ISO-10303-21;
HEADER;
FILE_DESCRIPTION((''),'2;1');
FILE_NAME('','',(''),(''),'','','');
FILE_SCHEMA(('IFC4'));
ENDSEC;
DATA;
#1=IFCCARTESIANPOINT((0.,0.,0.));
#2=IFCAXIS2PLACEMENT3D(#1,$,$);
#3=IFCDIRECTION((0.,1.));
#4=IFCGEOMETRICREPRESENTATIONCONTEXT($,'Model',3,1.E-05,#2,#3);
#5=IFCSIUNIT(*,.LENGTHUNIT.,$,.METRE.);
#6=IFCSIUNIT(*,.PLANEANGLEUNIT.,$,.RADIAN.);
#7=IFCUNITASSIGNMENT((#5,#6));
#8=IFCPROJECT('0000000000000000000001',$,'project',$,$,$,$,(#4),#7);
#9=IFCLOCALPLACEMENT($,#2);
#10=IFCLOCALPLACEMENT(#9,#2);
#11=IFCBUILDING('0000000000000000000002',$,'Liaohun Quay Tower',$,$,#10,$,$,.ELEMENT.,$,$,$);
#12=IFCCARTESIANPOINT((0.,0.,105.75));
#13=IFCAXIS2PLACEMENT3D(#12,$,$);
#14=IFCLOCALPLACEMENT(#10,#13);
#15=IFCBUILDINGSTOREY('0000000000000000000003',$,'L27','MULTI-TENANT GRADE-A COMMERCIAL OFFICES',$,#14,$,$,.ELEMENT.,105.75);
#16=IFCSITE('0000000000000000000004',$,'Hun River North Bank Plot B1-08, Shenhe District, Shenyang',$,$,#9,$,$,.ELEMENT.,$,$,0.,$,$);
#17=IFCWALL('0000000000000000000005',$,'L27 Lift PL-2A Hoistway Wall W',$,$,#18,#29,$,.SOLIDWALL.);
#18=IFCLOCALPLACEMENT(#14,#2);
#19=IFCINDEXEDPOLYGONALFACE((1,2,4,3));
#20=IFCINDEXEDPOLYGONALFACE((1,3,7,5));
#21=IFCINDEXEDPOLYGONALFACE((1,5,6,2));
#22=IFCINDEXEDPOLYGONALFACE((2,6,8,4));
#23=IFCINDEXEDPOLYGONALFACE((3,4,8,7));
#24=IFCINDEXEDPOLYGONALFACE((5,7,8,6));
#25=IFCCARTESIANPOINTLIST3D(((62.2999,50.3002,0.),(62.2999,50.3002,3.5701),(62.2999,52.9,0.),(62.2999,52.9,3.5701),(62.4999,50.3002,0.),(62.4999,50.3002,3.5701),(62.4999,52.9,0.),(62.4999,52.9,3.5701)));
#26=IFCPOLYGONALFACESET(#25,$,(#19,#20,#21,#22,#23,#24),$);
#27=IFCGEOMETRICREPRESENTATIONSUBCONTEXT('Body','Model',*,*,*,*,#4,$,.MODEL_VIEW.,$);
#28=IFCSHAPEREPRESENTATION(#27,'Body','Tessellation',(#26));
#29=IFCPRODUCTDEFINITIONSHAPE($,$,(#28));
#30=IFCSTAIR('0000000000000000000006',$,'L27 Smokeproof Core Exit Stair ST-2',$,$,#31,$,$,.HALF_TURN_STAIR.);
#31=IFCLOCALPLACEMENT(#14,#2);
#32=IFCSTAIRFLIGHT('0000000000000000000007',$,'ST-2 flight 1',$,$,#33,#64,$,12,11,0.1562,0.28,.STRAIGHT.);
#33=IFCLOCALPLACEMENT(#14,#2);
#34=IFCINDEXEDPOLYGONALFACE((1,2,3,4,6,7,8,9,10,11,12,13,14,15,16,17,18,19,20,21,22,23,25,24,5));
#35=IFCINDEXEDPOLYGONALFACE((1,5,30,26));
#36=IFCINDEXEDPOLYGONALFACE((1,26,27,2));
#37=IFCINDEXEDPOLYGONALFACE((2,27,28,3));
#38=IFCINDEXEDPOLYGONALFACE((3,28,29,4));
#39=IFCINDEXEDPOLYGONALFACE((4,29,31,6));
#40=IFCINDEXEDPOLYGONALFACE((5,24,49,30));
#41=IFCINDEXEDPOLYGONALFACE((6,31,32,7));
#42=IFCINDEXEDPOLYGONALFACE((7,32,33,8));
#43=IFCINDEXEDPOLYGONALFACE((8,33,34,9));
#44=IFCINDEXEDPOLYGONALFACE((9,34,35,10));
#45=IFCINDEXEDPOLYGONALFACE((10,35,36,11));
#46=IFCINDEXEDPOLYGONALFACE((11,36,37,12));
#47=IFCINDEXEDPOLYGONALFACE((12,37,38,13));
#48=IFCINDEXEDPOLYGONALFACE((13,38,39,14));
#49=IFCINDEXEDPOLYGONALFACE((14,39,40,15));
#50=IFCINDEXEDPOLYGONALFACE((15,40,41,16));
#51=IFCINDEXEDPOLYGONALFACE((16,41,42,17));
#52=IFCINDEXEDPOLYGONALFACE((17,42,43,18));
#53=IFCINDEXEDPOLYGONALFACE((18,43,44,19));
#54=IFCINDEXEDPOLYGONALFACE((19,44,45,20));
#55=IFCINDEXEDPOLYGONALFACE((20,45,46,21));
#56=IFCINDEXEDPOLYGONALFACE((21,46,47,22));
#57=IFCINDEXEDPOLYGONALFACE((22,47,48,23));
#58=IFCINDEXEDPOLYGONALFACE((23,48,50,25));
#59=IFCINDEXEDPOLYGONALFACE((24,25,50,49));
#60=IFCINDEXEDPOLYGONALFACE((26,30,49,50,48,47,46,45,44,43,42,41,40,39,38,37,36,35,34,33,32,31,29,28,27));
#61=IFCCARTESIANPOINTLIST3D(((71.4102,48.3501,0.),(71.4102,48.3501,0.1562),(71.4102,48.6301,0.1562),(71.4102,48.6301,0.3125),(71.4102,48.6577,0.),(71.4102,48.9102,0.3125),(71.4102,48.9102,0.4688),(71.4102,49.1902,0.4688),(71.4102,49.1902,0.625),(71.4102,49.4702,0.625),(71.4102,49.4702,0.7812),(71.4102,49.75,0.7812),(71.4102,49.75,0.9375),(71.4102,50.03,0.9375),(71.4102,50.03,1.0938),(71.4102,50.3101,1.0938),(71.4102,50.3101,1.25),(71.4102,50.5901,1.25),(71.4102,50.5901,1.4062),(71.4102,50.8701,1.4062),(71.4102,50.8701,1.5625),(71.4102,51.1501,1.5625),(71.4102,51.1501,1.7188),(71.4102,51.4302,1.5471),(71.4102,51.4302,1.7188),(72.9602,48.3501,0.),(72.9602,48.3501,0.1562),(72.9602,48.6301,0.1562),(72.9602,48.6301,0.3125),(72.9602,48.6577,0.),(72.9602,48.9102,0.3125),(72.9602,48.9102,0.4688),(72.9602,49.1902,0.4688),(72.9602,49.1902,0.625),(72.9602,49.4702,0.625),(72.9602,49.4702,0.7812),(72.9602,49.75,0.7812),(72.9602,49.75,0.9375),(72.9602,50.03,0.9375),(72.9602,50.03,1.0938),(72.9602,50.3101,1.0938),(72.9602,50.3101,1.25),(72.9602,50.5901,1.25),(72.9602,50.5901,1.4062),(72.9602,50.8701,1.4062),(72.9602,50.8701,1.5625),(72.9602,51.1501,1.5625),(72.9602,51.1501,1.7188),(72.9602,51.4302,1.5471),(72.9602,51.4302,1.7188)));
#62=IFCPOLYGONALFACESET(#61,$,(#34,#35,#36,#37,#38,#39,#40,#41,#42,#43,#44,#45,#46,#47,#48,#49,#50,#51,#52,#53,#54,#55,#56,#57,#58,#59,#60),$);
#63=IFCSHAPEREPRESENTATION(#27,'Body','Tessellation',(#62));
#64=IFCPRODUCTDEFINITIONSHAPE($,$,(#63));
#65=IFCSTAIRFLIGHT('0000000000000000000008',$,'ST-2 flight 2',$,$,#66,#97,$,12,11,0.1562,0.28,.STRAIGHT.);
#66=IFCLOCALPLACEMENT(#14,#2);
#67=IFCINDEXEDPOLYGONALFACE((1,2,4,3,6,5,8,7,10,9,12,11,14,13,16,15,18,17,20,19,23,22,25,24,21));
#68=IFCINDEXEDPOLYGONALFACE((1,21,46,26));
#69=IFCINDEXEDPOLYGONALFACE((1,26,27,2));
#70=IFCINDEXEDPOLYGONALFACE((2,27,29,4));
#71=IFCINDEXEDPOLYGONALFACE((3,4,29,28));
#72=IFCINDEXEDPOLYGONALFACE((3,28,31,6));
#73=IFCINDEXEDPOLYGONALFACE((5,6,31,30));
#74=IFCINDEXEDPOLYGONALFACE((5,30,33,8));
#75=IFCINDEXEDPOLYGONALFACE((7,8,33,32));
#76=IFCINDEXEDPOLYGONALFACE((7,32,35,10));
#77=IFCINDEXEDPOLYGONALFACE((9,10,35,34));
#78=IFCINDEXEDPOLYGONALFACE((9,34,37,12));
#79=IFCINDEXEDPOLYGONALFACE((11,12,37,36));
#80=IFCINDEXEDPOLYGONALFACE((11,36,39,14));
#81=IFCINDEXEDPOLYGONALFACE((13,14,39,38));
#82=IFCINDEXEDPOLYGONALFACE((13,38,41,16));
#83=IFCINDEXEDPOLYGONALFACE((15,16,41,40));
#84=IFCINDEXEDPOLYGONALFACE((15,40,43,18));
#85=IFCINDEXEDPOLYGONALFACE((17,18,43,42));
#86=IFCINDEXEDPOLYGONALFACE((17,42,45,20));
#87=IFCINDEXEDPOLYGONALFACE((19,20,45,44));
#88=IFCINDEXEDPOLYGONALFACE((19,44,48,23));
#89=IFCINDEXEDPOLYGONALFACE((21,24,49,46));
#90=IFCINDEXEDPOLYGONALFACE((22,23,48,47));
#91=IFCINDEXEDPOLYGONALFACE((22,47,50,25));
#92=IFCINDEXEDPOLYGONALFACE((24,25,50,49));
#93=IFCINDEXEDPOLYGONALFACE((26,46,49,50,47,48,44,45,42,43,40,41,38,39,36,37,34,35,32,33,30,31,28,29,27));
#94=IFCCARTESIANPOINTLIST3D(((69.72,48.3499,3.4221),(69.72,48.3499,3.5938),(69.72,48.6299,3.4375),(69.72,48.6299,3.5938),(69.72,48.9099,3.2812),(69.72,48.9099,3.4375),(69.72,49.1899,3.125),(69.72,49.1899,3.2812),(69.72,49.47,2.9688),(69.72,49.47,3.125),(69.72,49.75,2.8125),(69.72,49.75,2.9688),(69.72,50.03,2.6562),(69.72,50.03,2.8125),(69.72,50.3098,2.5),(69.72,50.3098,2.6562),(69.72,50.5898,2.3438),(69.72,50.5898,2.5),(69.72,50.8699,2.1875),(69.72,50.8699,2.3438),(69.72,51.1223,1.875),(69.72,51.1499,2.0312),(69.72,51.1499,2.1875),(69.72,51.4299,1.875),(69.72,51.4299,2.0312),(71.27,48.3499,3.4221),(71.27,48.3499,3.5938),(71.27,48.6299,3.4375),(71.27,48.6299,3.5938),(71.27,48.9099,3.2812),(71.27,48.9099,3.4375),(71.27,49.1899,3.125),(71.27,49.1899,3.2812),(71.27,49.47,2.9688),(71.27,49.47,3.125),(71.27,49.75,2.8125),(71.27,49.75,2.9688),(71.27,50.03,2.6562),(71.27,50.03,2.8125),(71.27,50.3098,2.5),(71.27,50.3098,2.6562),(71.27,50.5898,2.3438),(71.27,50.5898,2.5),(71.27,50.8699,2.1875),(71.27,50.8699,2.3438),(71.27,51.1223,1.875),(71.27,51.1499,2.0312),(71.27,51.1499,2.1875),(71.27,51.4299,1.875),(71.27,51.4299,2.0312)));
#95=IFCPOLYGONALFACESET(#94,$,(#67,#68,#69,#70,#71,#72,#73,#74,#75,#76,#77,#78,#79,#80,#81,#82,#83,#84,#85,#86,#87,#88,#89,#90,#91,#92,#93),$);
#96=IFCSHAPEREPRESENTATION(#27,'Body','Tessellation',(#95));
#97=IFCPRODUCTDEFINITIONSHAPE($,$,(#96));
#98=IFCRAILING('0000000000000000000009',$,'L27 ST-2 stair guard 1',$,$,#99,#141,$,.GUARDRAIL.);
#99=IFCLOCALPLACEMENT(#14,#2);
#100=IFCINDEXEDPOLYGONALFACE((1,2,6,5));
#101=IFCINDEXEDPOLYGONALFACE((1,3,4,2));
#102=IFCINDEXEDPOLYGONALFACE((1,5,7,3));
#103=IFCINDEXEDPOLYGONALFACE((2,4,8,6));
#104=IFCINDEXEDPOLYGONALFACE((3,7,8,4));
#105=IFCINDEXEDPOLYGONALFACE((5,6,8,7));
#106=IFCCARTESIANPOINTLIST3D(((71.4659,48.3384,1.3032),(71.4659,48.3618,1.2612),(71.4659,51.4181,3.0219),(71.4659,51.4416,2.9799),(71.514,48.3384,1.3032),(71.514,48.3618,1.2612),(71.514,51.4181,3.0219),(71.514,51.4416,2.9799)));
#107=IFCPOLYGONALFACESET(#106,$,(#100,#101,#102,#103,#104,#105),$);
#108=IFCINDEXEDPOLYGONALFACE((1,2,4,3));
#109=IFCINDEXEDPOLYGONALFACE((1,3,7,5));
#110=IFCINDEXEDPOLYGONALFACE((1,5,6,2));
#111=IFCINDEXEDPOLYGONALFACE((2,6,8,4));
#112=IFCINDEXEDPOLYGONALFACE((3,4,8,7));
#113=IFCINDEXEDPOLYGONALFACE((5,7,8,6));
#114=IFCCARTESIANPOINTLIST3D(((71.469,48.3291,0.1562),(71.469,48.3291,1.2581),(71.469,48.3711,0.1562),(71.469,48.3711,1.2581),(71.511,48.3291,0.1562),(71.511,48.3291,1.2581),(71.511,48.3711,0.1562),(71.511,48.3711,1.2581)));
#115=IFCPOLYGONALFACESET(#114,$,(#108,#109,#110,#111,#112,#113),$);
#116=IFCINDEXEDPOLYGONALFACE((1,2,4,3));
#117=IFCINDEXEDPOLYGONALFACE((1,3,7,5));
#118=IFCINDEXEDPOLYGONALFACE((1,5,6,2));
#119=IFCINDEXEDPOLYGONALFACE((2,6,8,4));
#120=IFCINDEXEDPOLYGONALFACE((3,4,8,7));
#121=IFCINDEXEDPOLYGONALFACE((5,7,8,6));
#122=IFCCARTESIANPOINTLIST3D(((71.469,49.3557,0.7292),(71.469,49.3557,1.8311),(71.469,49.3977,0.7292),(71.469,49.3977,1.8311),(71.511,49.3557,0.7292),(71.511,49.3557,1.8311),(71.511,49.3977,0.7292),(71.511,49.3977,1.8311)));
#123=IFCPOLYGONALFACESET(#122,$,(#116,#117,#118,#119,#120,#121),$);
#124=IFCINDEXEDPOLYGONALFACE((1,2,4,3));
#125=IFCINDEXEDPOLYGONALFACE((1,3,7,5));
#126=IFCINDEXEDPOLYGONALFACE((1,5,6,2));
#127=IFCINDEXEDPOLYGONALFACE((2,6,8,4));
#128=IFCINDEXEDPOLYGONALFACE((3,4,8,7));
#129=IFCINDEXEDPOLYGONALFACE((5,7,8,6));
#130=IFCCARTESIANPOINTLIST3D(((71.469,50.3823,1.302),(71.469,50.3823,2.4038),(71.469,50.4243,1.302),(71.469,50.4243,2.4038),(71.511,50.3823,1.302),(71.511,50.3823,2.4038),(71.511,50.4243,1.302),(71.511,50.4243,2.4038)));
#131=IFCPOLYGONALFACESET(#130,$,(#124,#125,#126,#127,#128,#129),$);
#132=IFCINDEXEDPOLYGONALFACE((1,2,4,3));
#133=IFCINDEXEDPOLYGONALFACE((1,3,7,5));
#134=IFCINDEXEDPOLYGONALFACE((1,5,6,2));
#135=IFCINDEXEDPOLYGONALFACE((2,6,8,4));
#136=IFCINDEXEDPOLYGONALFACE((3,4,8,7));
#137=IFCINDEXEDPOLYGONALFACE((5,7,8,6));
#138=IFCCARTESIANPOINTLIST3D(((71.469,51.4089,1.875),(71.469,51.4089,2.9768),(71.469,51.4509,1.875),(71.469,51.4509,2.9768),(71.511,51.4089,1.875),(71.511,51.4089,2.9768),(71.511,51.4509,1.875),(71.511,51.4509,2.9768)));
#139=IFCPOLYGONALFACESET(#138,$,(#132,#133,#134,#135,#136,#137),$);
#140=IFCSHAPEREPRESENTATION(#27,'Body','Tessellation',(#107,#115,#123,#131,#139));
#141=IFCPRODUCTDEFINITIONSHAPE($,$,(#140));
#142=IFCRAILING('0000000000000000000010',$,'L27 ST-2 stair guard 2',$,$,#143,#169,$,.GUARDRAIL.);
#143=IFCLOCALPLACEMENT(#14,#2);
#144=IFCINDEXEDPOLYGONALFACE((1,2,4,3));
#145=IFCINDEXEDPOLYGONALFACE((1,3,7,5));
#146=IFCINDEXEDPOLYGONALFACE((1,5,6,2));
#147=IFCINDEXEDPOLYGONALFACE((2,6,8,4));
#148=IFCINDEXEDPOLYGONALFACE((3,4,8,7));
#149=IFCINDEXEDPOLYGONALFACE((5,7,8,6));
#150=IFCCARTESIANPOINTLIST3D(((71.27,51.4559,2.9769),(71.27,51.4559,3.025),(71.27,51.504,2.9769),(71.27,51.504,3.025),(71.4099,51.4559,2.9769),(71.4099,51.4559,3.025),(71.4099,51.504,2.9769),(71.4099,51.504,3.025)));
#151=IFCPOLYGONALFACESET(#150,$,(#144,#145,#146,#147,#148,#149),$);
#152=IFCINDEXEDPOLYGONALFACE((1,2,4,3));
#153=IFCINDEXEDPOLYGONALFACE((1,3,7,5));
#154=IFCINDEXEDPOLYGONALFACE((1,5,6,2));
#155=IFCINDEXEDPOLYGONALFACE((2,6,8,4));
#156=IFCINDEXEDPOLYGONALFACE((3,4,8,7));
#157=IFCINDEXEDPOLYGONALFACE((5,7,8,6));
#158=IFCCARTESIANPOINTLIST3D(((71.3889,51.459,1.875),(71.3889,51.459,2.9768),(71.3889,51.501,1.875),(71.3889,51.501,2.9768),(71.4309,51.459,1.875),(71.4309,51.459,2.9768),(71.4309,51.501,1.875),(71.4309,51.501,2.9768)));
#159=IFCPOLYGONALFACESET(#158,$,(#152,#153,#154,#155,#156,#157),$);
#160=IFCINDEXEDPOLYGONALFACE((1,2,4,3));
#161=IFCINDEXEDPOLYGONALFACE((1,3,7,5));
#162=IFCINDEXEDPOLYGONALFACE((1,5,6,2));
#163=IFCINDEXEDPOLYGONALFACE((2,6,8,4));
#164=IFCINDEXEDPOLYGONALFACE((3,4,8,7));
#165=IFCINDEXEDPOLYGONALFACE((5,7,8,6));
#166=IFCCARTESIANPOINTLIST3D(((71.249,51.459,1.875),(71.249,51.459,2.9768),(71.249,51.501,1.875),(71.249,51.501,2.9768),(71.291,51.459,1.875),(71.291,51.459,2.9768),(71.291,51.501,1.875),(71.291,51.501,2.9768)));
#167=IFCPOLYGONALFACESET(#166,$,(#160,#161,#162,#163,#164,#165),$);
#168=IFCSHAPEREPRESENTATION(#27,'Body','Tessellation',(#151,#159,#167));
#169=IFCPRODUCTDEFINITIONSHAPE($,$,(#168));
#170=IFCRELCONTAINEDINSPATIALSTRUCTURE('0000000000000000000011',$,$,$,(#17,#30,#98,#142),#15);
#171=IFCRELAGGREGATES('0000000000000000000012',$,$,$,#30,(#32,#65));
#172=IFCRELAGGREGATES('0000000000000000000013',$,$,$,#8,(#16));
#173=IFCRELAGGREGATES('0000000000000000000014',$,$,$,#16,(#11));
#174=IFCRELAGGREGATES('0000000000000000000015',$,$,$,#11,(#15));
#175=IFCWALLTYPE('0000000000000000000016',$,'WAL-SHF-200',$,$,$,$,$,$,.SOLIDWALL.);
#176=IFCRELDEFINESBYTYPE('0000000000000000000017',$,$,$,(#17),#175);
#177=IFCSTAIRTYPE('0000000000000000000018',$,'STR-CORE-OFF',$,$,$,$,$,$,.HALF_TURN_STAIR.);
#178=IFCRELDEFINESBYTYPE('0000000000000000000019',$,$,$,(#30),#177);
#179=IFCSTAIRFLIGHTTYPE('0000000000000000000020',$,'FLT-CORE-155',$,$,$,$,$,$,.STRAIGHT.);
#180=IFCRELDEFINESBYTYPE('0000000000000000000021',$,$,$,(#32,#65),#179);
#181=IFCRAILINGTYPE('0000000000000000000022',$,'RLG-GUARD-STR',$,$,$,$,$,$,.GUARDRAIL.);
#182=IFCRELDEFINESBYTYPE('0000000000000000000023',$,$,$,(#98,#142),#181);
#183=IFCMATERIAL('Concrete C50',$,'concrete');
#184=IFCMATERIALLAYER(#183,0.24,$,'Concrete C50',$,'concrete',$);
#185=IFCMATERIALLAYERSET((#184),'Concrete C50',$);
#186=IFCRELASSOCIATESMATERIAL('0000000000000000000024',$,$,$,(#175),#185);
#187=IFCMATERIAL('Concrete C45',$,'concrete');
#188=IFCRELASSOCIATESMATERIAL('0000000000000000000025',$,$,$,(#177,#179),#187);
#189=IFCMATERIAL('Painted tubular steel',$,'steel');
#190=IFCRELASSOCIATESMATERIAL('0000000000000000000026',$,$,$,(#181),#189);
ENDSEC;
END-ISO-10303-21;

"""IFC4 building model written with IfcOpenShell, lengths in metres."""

from ifc_helpers import new_model, si_unit, direction, frame, frame_2d, origin, origin_2d, place, context, subcontext, project, spatial, polyline, rectangle, outline, extrude, material, layer, layer_set, type_object, element, aggregate, save


model = new_model("IFC4")

# Units and contexts
model_context = context("Model", 3, precision=1e-05, world=origin(), true_north=direction((0.0, 1.0)))
body_context = subcontext(model_context, "Body", "Model", "MODEL_VIEW")
ifc_project = project(units=[si_unit("LENGTHUNIT", "METRE"), si_unit("PLANEANGLEUNIT", "RADIAN")], contexts=[model_context])

# Site, building, storey
site_placement = place(None, origin())
site = spatial("IfcSite", under=ifc_project, at=site_placement, Name="Hun River North Bank Plot B1-08, Shenhe District, Shenyang", CompositionType="ELEMENT", RefElevation=0.0)
building_placement = place(site_placement, origin())
building = spatial("IfcBuilding", under=site, at=building_placement, Name="Liaohun Quay Tower", CompositionType="ELEMENT")
storey_placement = place(building_placement, frame((0.0, 0.0, 105.75)))
storey = spatial("IfcBuildingStorey", under=building, at=storey_placement, Name="L27", Description="MULTI-TENANT GRADE-A COMMERCIAL OFFICES", CompositionType="ELEMENT", Elevation=105.75)

# Shared definitions
ifc_material_1 = material(Name="Concrete C50", Category="concrete")
ifc_layer_1 = layer(ifc_material_1, 0.24, Name="Concrete C50", Category="concrete")
ifc_layer_set_1 = layer_set([ifc_layer_1], Name="Concrete C50")
wall_type_1 = type_object("IfcWallType", Name="WAL-SHF-200", PredefinedType="SOLIDWALL", material=ifc_layer_set_1)

# Wall
wall_1_placement = place(storey_placement, frame((62.3999, 52.8999, 0.0), z_axis=(0.0, 0.0, 1.0), x_axis=(0.0, -1.0, 0.0)))
element("IfcWall", 1, at=wall_1_placement, inside=storey, type_object=wall_type_1, Name="L27 Lift PL-2A Hoistway Wall W", PredefinedType="SOLIDWALL", context=body_context, shape_type="SweptSolid", body=[
    extrude(rectangle(XDim=2.5999, YDim=0.2, at=frame_2d((1.2998, 0.0))), origin(), (0.0, 0.0, 1.0), 3.5701),
])

# Stair, stair flights
ifc_material_2 = material(Name="Concrete C45", Category="concrete")
stair_type = type_object("IfcStairType", Name="STR-CORE-OFF", PredefinedType="HALF_TURN_STAIR", material=ifc_material_2)
stair_placement = place(storey_placement, origin())
stair = element("IfcStair", 2, at=stair_placement, inside=storey, type_object=stair_type, Name="L27 Smokeproof Core Exit Stair ST-2", PredefinedType="HALF_TURN_STAIR")
stair_flight_type = type_object("IfcStairFlightType", Name="FLT-CORE-155", PredefinedType="STRAIGHT", material=ifc_material_2)
stair_flight_1_placement = place(storey_placement, frame((72.1851, 48.3501, 0.0), z_axis=(0.0, 0.0, 1.0), x_axis=(0.0, 1.0, 0.0)))
stair_flight_1 = element("IfcStairFlight", 3, at=stair_flight_1_placement, type_object=stair_flight_type, Name="ST-2 flight 1", NumberOfRisers=12, NumberOfTreads=11, PredefinedType="STRAIGHT", RiserHeight=0.1562, TreadLength=0.28, context=body_context, shape_type="SweptSolid", body=[
    extrude(outline(polyline([(0.0, 0.0), (0.0, 0.1562), (0.28, 0.1562), (0.28, 0.3125), (0.5601, 0.3125), (0.5601, 0.4688), (0.8401, 0.4688), (0.8401, 0.625), (1.1201, 0.625), (1.1201, 0.7812), (1.3999, 0.7812), (1.3999, 0.9375), (1.6799, 0.9375), (1.6799, 1.0938), (1.96, 1.0938), (1.96, 1.25), (2.24, 1.25), (2.24, 1.4062), (2.52, 1.4062), (2.52, 1.5625), (2.8, 1.5625), (2.8, 1.7188), (3.0801, 1.7188), (3.0801, 1.875), (3.0801, 1.5471), (0.3076, 0.0), (0.0, 0.0)])), frame((0.0, 0.7749, 0.0), z_axis=(0.0, -1.0, 0.0), x_axis=(1.0, 0.0, 0.0)), (0.0, 0.0, 1.0), 1.55),
])
stair_flight_2_placement = place(storey_placement, frame((70.4951, 51.4299, 1.875), z_axis=(0.0, 0.0, 1.0), x_axis=(0.0, -1.0, 0.0)))
stair_flight_2 = element("IfcStairFlight", 4, at=stair_flight_2_placement, type_object=stair_flight_type, Name="ST-2 flight 2", NumberOfRisers=12, NumberOfTreads=11, PredefinedType="STRAIGHT", RiserHeight=0.1562, TreadLength=0.28, context=body_context, shape_type="SweptSolid", body=[
    extrude(outline(polyline([(0.0, 0.0), (0.0, 0.1562), (0.28, 0.1562), (0.28, 0.3125), (0.5601, 0.3125), (0.5601, 0.4688), (0.8401, 0.4688), (0.8401, 0.625), (1.1201, 0.625), (1.1201, 0.7812), (1.3999, 0.7812), (1.3999, 0.9375), (1.6799, 0.9375), (1.6799, 1.0938), (1.96, 1.0938), (1.96, 1.25), (2.24, 1.25), (2.24, 1.4062), (2.52, 1.4062), (2.52, 1.5625), (2.8, 1.5625), (2.8, 1.7188), (3.0801, 1.7188), (3.0801, 1.875), (3.0801, 1.5471), (0.3076, 0.0), (0.0, 0.0)])), frame((0.0, 0.7749, 0.0), z_axis=(0.0, -1.0, 0.0), x_axis=(1.0, 0.0, 0.0)), (0.0, 0.0, 1.0), 1.55),
])
aggregate(stair, [stair_flight_1, stair_flight_2])

# Railings
ifc_material_3 = material(Name="Painted tubular steel", Category="steel")
railing_type_1 = type_object("IfcRailingType", Name="RLG-GUARD-STR", PredefinedType="GUARDRAIL", material=ifc_material_3)
railing_1_placement = place(storey_placement, frame((71.49, 48.3501, 0.1562)))
element("IfcRailing", 5, at=railing_1_placement, inside=storey, type_object=railing_type_1, Name="L27 ST-2 stair guard 1", PredefinedType="GUARDRAIL", context=body_context, shape_type="SweptSolid", body=[
    extrude(rectangle(XDim=0.0481, YDim=0.0481, at=origin_2d()), frame((0.0, 0.0, 1.126), z_axis=(0.0, 0.873225, 0.487317), x_axis=(-1.0, 0.0, 0.0)), (0.0, 0.0, 1.0), 3.5269),
    extrude(rectangle(XDim=0.042, YDim=0.042, at=origin_2d()), origin(), (0.0, 0.0, 1.0), 1.1018),
    extrude(rectangle(XDim=0.042, YDim=0.042, at=origin_2d()), frame((0.0, 1.0266, 0.573)), (0.0, 0.0, 1.0), 1.1018),
    extrude(rectangle(XDim=0.042, YDim=0.042, at=origin_2d()), frame((0.0, 2.0532, 1.1458)), (0.0, 0.0, 1.0), 1.1018),
    extrude(rectangle(XDim=0.042, YDim=0.042, at=origin_2d()), frame((0.0, 3.0798, 1.7188)), (0.0, 0.0, 1.0), 1.1018),
])
railing_2_placement = place(storey_placement, frame((71.4099, 51.48, 1.875)))
element("IfcRailing", 6, at=railing_2_placement, inside=storey, type_object=railing_type_1, Name="L27 ST-2 stair guard 2", PredefinedType="GUARDRAIL", context=body_context, shape_type="SweptSolid", body=[
    extrude(rectangle(XDim=0.0481, YDim=0.0481, at=origin_2d()), frame((0.0, 0.0, 1.126), z_axis=(-1.0, 0.0, 0.0), x_axis=(0.0, -1.0, 0.0)), (0.0, 0.0, 1.0), 0.1399),
    extrude(rectangle(XDim=0.042, YDim=0.042, at=origin_2d()), origin(), (0.0, 0.0, 1.0), 1.1018),
    extrude(rectangle(XDim=0.042, YDim=0.042, at=origin_2d()), frame((-0.1399, 0.0, 0.0)), (0.0, 0.0, 1.0), 1.1018),
])

save(model, "model.ifc")
